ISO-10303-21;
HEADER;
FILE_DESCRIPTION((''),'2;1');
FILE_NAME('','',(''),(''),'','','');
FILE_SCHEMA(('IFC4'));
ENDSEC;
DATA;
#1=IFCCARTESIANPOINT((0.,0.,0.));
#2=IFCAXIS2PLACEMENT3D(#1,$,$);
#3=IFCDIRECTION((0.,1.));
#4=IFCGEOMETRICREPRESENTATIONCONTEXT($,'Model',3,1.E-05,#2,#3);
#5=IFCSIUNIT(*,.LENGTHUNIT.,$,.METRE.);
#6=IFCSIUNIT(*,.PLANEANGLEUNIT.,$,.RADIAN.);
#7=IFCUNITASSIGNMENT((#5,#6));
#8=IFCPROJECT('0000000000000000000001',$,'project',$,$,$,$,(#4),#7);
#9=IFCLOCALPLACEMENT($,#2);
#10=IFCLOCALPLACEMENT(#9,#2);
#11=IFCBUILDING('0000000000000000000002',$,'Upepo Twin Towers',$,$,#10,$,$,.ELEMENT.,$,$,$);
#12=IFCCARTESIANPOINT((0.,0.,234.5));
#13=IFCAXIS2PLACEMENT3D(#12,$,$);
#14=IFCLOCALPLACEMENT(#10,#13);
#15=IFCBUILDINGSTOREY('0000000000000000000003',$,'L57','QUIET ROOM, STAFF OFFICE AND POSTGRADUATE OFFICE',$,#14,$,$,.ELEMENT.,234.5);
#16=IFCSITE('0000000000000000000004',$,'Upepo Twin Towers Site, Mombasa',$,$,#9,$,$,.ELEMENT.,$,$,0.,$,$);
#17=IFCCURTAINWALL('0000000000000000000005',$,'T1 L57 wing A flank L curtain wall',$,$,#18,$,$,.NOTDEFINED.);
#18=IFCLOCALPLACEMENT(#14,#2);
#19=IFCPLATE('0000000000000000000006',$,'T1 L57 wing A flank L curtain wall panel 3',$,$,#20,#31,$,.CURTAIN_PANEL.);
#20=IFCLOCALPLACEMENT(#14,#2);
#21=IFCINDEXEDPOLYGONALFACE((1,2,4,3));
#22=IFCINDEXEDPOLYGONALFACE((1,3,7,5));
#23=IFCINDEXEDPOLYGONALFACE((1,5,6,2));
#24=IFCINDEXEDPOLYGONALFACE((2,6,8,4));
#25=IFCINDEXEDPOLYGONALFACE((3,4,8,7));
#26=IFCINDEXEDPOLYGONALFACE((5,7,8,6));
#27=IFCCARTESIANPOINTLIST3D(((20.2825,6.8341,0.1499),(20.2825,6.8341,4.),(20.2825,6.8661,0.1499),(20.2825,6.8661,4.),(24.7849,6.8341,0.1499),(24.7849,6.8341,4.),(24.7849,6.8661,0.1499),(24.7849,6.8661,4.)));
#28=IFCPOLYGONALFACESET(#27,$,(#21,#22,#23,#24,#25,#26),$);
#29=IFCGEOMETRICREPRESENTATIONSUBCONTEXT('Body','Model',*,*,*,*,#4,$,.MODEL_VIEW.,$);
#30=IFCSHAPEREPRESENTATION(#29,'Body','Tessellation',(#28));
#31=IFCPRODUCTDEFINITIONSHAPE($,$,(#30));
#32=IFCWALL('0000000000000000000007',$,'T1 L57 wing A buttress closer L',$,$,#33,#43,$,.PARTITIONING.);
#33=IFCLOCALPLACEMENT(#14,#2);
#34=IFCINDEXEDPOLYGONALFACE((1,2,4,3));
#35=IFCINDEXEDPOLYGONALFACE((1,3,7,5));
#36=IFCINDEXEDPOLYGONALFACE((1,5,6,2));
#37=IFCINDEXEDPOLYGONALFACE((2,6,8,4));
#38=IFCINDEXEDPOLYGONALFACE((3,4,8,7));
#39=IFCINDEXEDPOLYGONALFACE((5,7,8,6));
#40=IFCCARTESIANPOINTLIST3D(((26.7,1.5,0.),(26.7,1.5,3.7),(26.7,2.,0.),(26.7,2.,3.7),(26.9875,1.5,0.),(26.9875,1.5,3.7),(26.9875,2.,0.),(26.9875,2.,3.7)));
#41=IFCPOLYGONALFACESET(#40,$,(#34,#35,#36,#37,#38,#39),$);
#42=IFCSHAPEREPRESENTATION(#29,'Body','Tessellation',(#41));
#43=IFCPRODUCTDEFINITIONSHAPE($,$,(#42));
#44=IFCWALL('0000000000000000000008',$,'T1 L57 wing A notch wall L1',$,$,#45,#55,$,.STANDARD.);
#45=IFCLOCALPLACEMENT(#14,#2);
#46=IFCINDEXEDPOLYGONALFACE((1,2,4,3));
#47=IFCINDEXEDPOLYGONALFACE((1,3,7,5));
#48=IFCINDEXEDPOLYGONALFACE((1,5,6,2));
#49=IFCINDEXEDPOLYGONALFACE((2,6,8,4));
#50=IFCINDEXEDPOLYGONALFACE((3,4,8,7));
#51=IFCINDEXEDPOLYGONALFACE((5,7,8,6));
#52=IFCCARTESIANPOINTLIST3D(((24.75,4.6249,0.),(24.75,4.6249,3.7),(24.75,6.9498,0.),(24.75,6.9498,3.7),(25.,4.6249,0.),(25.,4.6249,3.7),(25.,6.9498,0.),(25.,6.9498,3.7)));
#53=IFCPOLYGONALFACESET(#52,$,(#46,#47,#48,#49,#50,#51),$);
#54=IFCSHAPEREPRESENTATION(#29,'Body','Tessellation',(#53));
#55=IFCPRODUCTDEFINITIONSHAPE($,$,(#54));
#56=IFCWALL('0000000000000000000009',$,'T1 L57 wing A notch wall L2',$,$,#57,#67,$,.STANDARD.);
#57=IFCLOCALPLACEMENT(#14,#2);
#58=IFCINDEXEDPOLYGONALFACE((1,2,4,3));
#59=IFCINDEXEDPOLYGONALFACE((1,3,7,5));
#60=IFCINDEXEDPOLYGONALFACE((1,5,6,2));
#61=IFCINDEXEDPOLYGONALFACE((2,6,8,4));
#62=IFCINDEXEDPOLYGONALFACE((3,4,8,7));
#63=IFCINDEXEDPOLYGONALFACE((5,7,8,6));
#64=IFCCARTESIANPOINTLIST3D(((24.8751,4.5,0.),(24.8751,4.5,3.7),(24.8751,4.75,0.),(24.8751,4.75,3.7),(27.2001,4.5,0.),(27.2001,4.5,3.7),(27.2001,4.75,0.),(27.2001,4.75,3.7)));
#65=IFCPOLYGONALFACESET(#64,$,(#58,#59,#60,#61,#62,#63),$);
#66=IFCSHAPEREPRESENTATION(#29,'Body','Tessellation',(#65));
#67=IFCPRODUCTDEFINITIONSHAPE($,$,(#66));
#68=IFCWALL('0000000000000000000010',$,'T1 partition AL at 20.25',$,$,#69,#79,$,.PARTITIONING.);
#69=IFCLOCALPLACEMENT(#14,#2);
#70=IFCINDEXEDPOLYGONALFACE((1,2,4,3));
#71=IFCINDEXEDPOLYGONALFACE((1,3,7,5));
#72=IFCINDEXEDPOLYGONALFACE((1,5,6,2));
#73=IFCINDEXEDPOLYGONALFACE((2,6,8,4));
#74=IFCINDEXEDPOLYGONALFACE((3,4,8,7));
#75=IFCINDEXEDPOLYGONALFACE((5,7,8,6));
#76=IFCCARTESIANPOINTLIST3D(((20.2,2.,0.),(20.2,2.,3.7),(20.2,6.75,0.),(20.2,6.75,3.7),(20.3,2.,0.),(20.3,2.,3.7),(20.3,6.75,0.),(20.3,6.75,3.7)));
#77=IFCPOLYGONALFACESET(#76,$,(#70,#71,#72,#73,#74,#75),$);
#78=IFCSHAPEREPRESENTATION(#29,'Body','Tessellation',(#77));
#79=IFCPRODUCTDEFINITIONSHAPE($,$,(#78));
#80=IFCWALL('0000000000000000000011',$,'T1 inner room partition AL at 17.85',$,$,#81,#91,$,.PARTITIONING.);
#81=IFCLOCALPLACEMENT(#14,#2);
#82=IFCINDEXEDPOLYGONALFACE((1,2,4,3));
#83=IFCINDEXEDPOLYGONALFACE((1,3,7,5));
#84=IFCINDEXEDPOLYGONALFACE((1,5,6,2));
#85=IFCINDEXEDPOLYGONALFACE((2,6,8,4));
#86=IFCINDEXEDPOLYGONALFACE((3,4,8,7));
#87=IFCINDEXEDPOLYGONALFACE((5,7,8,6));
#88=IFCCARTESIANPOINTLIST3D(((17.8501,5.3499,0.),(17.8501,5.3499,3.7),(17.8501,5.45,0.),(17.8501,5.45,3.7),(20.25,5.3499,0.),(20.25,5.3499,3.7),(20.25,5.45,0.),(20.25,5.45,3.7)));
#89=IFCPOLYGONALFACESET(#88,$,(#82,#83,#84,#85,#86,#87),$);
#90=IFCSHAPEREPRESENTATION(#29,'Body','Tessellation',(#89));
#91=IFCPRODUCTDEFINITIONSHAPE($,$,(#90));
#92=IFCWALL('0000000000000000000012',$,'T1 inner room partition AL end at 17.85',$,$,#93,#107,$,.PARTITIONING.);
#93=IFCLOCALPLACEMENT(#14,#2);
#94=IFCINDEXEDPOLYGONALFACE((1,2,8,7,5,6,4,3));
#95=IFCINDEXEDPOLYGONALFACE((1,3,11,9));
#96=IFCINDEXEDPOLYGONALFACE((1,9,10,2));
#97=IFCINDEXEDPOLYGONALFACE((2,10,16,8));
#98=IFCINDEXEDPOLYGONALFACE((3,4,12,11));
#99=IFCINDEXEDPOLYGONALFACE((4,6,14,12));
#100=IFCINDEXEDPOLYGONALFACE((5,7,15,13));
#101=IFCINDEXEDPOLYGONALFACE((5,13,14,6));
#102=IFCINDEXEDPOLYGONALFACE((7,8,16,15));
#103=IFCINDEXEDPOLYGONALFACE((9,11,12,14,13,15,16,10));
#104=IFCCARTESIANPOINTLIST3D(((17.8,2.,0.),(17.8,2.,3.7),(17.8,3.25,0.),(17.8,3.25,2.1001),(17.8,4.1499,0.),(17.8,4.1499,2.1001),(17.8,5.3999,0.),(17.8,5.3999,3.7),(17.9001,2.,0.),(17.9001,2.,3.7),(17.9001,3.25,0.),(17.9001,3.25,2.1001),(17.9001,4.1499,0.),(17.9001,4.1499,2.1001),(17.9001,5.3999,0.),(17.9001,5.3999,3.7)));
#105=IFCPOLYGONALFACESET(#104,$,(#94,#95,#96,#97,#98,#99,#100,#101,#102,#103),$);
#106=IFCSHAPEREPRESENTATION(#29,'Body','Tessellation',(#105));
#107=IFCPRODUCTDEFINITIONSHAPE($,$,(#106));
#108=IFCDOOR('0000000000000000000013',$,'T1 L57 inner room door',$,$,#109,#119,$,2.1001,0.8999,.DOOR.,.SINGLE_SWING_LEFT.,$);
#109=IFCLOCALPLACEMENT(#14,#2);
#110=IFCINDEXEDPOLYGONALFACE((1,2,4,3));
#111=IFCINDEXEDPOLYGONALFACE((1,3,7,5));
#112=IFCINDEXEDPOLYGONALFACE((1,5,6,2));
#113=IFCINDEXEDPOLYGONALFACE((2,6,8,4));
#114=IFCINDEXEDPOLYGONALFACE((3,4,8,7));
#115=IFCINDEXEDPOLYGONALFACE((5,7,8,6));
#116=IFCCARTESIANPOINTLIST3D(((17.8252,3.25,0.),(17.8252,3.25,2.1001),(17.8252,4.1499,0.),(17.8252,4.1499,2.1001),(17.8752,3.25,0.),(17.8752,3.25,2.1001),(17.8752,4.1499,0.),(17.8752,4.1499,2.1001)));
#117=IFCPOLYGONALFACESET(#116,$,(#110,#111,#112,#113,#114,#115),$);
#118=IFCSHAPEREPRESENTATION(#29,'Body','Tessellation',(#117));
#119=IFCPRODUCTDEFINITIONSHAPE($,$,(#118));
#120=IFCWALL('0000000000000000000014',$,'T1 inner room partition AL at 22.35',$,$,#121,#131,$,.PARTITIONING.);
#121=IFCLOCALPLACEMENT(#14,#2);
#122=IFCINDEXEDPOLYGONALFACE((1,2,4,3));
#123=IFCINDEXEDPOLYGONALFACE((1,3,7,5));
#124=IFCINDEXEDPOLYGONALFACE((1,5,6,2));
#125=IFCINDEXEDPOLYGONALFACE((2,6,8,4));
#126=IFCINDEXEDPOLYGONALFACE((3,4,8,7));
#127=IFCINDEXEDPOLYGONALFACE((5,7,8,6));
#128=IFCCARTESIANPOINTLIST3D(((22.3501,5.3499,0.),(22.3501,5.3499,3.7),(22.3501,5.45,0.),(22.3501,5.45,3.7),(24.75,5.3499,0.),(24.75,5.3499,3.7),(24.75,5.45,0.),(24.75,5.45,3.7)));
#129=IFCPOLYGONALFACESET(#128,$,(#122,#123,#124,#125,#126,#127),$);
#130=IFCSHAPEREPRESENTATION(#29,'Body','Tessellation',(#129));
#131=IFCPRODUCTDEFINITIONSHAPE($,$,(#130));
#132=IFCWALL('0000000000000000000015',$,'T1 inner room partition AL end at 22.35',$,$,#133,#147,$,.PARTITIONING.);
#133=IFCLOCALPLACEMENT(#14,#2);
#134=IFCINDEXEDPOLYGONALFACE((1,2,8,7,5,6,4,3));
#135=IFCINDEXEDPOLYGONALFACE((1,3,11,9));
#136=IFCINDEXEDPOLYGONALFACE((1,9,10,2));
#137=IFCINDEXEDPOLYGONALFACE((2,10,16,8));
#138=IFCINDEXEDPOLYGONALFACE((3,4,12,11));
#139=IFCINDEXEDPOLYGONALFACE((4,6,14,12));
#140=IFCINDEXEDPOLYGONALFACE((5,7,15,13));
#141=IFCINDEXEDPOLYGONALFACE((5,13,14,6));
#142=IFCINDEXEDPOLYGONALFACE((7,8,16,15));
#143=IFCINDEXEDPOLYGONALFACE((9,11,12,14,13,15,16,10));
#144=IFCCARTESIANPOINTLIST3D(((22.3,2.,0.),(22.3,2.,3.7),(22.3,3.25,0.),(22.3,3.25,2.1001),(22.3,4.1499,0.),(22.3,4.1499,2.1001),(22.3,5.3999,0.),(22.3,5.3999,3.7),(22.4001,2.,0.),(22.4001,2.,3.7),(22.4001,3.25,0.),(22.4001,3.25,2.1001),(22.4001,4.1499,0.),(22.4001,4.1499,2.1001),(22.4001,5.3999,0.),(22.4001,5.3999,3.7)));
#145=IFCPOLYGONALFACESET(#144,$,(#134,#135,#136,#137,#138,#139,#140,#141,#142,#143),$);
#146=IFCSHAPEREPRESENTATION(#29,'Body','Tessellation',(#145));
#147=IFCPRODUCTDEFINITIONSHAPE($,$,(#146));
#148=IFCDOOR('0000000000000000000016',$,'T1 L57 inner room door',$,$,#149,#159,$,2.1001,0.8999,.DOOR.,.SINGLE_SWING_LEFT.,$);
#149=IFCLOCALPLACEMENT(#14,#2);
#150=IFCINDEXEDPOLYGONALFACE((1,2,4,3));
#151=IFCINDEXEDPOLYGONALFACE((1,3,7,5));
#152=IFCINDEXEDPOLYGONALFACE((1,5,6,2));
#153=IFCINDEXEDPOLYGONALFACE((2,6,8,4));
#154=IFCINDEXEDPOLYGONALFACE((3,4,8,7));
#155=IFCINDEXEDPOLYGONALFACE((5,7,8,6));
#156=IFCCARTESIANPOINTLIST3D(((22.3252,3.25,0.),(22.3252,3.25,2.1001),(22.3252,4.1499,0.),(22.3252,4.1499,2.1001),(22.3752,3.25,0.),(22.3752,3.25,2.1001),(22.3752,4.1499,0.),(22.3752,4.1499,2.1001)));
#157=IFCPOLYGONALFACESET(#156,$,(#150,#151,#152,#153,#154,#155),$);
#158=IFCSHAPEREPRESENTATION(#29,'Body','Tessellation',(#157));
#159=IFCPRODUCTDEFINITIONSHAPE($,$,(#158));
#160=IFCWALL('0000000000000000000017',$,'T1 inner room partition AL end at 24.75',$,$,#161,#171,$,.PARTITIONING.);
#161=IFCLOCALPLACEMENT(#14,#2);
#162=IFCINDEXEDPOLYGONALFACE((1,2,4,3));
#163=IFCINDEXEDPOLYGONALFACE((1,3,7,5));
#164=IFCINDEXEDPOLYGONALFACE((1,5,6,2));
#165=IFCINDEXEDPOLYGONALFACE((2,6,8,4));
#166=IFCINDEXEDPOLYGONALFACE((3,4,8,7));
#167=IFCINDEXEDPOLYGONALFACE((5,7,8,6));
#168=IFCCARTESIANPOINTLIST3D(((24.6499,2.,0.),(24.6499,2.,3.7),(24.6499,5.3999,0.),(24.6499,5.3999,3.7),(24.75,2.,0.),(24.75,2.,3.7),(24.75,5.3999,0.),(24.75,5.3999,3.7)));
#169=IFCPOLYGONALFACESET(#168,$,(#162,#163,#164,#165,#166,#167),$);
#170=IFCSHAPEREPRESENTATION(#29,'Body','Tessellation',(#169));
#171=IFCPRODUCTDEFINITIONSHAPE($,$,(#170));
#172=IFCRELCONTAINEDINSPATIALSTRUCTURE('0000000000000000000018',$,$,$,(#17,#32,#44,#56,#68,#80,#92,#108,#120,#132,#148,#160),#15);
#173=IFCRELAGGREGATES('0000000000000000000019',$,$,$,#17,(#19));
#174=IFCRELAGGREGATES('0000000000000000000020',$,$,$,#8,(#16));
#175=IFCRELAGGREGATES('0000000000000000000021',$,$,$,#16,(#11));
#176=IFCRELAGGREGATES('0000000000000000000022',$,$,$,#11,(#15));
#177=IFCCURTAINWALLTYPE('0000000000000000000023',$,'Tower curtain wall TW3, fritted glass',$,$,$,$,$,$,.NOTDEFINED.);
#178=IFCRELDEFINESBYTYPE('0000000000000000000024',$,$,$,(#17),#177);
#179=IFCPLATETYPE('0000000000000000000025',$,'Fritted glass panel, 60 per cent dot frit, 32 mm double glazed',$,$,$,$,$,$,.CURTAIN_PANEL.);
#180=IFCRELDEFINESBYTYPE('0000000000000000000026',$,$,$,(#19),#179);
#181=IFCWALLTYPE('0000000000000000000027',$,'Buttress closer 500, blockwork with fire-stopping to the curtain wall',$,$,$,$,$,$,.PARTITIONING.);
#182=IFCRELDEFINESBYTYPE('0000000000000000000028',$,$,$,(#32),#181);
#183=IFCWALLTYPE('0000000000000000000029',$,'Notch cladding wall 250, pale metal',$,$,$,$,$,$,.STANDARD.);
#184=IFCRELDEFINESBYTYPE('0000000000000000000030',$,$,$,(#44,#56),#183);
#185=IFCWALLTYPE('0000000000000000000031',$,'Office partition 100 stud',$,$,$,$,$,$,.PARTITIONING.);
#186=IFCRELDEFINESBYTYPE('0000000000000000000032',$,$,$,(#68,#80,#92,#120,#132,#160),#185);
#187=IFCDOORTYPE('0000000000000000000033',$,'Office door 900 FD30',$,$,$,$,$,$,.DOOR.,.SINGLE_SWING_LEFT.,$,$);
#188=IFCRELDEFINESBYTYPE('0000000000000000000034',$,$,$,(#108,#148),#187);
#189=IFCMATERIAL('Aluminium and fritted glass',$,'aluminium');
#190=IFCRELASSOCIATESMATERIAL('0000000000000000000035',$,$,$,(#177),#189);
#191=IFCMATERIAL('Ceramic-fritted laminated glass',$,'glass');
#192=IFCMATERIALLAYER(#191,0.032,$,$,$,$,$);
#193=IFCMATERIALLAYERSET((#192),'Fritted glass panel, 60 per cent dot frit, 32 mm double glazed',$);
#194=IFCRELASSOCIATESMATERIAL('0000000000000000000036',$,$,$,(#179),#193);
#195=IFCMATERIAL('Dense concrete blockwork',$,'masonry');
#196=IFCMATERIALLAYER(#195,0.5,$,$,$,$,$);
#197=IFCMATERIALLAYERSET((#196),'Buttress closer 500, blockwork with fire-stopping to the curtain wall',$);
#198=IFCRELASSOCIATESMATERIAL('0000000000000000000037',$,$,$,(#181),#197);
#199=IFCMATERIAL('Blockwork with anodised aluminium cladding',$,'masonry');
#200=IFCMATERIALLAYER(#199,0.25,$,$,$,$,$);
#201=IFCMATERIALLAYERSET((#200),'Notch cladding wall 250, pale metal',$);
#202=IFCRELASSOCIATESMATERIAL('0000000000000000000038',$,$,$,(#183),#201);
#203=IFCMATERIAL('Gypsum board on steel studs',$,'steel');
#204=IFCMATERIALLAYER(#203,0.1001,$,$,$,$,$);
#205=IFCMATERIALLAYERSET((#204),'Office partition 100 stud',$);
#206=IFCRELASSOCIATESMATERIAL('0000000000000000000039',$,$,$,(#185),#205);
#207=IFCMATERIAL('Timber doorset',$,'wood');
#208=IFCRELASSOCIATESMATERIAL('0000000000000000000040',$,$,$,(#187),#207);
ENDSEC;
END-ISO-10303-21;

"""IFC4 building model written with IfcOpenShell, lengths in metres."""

from ifc_helpers import new_model, si_unit, direction, frame, frame_2d, origin, origin_2d, place, context, subcontext, project, spatial, rectangle, extrude, material, layer, layer_set, type_object, element, fill, aggregate, save


model = new_model("IFC4")

# Units and contexts
model_context = context("Model", 3, precision=1e-05, world=origin(), true_north=direction((0.0, 1.0)))
body_context = subcontext(model_context, "Body", "Model", "MODEL_VIEW")
ifc_project = project(units=[si_unit("LENGTHUNIT", "METRE"), si_unit("PLANEANGLEUNIT", "RADIAN")], contexts=[model_context])

# Site, building, storey
site_placement = place(None, origin())
site = spatial("IfcSite", under=ifc_project, at=site_placement, Name="Upepo Twin Towers Site, Mombasa", CompositionType="ELEMENT", RefElevation=0.0)
building_placement = place(site_placement, origin())
building = spatial("IfcBuilding", under=site, at=building_placement, Name="Upepo Twin Towers", CompositionType="ELEMENT")
storey_placement = place(building_placement, frame((0.0, 0.0, 234.5)))
storey = spatial("IfcBuildingStorey", under=building, at=storey_placement, Name="L57", Description="QUIET ROOM, STAFF OFFICE AND POSTGRADUATE OFFICE", CompositionType="ELEMENT", Elevation=234.5)

# Curtain wall
ifc_material_1 = material(Name="Aluminium and fritted glass", Category="aluminium")
curtain_wall_type = type_object("IfcCurtainWallType", Name="Tower curtain wall TW3, fritted glass", PredefinedType="NOTDEFINED", material=ifc_material_1)
curtain_wall_1_placement = place(storey_placement, origin())
curtain_wall_1 = element("IfcCurtainWall", 1, at=curtain_wall_1_placement, inside=storey, type_object=curtain_wall_type, Name="T1 L57 wing A flank L curtain wall", PredefinedType="NOTDEFINED")

# Plate
ifc_material_2 = material(Name="Ceramic-fritted laminated glass", Category="glass")
ifc_layer_1 = layer(ifc_material_2, 0.032)
ifc_layer_set_1 = layer_set([ifc_layer_1], Name="Fritted glass panel, 60 per cent dot frit, 32 mm double glazed")
plate_type = type_object("IfcPlateType", Name="Fritted glass panel, 60 per cent dot frit, 32 mm double glazed", PredefinedType="CURTAIN_PANEL", material=ifc_layer_set_1)
plate_1_placement = place(storey_placement, frame((22.5337, 6.8501, 0.1499), z_axis=(0.0, 0.0, 1.0), x_axis=(1.0, 0.0, 0.0)))
plate_1 = element("IfcPlate", 2, at=plate_1_placement, type_object=plate_type, Name="T1 L57 wing A flank L curtain wall panel 3", PredefinedType="CURTAIN_PANEL", context=body_context, shape_type="SweptSolid", body=[
    extrude(rectangle(XDim=4.5024, YDim=0.032, at=origin_2d()), origin(), (0.0, 0.0, 1.0), 3.8501),
])
aggregate(curtain_wall_1, [plate_1])

# Walls
ifc_material_3 = material(Name="Dense concrete blockwork", Category="masonry")
ifc_layer_2 = layer(ifc_material_3, 0.5)
ifc_layer_set_2 = layer_set([ifc_layer_2], Name="Buttress closer 500, blockwork with fire-stopping to the curtain wall")
wall_type_1 = type_object("IfcWallType", Name="Buttress closer 500, blockwork with fire-stopping to the curtain wall", PredefinedType="PARTITIONING", material=ifc_layer_set_2)
wall_1_placement = place(storey_placement, frame((26.7, 1.75, 0.0), z_axis=(0.0, 0.0, 1.0), x_axis=(1.0, 0.0, 0.0)))
element("IfcWall", 3, at=wall_1_placement, inside=storey, type_object=wall_type_1, Name="T1 L57 wing A buttress closer L", PredefinedType="PARTITIONING", context=body_context, shape_type="SweptSolid", body=[
    extrude(rectangle(XDim=0.2876, YDim=0.5, at=frame_2d((0.1438, 0.0))), origin(), (0.0, 0.0, 1.0), 3.7),
])
ifc_material_4 = material(Name="Blockwork with anodised aluminium cladding", Category="masonry")
ifc_layer_3 = layer(ifc_material_4, 0.25)
ifc_layer_set_3 = layer_set([ifc_layer_3], Name="Notch cladding wall 250, pale metal")
wall_type_2 = type_object("IfcWallType", Name="Notch cladding wall 250, pale metal", PredefinedType="STANDARD", material=ifc_layer_set_3)
for number, where, z_axis, x_axis, name in (
    (4, (24.875, 6.95, 0.0), (0.0, 0.0, 1.0), (0.0, -1.0, 0.0), "T1 L57 wing A notch wall L1"),
    (5, (24.875, 4.625, 0.0), (0.0, 0.0, 1.0), (1.0, 0.0, 0.0), "T1 L57 wing A notch wall L2"),
):
    element("IfcWall", number, at=place(storey_placement, frame(where, z_axis=z_axis, x_axis=x_axis)), inside=storey, type_object=wall_type_2, Name=name, PredefinedType="STANDARD", context=body_context, shape_type="SweptSolid", body=[
        extrude(rectangle(XDim=2.325, YDim=0.25, at=frame_2d((1.1626, 0.0))), origin(), (0.0, 0.0, 1.0), 3.7),
    ])
ifc_material_5 = material(Name="Gypsum board on steel studs", Category="steel")
ifc_layer_4 = layer(ifc_material_5, 0.1001)
ifc_layer_set_4 = layer_set([ifc_layer_4], Name="Office partition 100 stud")
wall_type_3 = type_object("IfcWallType", Name="Office partition 100 stud", PredefinedType="PARTITIONING", material=ifc_layer_set_4)
wall_2_placement = place(storey_placement, frame((20.25, 2.0, 0.0), z_axis=(0.0, 0.0, 1.0), x_axis=(0.0, 1.0, 0.0)))
element("IfcWall", 6, at=wall_2_placement, inside=storey, type_object=wall_type_3, Name="T1 partition AL at 20.25", PredefinedType="PARTITIONING", context=body_context, shape_type="SweptSolid", body=[
    extrude(rectangle(XDim=4.75, YDim=0.1001, at=frame_2d((2.375, 0.0))), origin(), (0.0, 0.0, 1.0), 3.7),
])
wall_3_placement = place(storey_placement, frame((17.8501, 5.3999, 0.0), z_axis=(0.0, 0.0, 1.0), x_axis=(1.0, 0.0, 0.0)))
element("IfcWall", 7, at=wall_3_placement, inside=storey, type_object=wall_type_3, Name="T1 inner room partition AL at 17.85", PredefinedType="PARTITIONING", context=body_context, shape_type="SweptSolid", body=[
    extrude(rectangle(XDim=2.3999, YDim=0.1001, at=frame_2d((1.2, 0.0))), origin(), (0.0, 0.0, 1.0), 3.7),
])

# Wall, opening, door
wall_4_placement = place(storey_placement, frame((17.8501, 2.0, 0.0), z_axis=(0.0, 0.0, 1.0), x_axis=(0.0, 1.0, 0.0)))
wall_4 = element("IfcWall", 8, at=wall_4_placement, inside=storey, type_object=wall_type_3, Name="T1 inner room partition AL end at 17.85", PredefinedType="PARTITIONING", context=body_context, shape_type="SweptSolid", body=[
    extrude(rectangle(XDim=3.3999, YDim=0.1001, at=frame_2d((1.7, 0.0))), origin(), (0.0, 0.0, 1.0), 3.7),
])
opening_1_placement = place(wall_4_placement, frame((1.25, 0.0, 0.0)))
opening_1 = element("IfcOpeningElement", 9, at=opening_1_placement, cuts=wall_4, PredefinedType="OPENING", context=body_context, shape_type="SweptSolid", body=[
    extrude(rectangle(XDim=0.8999, YDim=2.1001, at=frame_2d((0.45, 1.05))), frame((0.0, 0.0601, 0.0), z_axis=(0.0, -1.0, 0.0), x_axis=(1.0, 0.0, 0.0)), (0.0, 0.0, 1.0), 0.1201),
])
ifc_material_6 = material(Name="Timber doorset", Category="wood")
door_type_1 = type_object("IfcDoorType", Name="Office door 900 FD30", OperationType="SINGLE_SWING_LEFT", PredefinedType="DOOR", material=ifc_material_6)
door_1_placement = place(opening_1_placement, origin())
door_1 = element("IfcDoor", 10, at=door_1_placement, inside=storey, type_object=door_type_1, Name="T1 L57 inner room door", OperationType="SINGLE_SWING_LEFT", OverallHeight=2.1001, OverallWidth=0.8999, PredefinedType="DOOR", context=body_context, shape_type="SweptSolid", body=[
    extrude(rectangle(XDim=0.8999, YDim=2.1001, at=frame_2d((0.45, 1.05))), frame((0.0, 0.0249, 0.0), z_axis=(0.0, -1.0, 0.0), x_axis=(1.0, 0.0, 0.0)), (0.0, 0.0, 1.0), 0.05),
])
fill(opening_1, door_1)

# Wall
wall_5_placement = place(storey_placement, frame((22.3501, 5.3999, 0.0), z_axis=(0.0, 0.0, 1.0), x_axis=(1.0, 0.0, 0.0)))
element("IfcWall", 11, at=wall_5_placement, inside=storey, type_object=wall_type_3, Name="T1 inner room partition AL at 22.35", PredefinedType="PARTITIONING", context=body_context, shape_type="SweptSolid", body=[
    extrude(rectangle(XDim=2.3999, YDim=0.1001, at=frame_2d((1.2, 0.0))), origin(), (0.0, 0.0, 1.0), 3.7),
])

# Wall, opening, door
wall_6_placement = place(storey_placement, frame((22.3501, 2.0, 0.0), z_axis=(0.0, 0.0, 1.0), x_axis=(0.0, 1.0, 0.0)))
wall_6 = element("IfcWall", 12, at=wall_6_placement, inside=storey, type_object=wall_type_3, Name="T1 inner room partition AL end at 22.35", PredefinedType="PARTITIONING", context=body_context, shape_type="SweptSolid", body=[
    extrude(rectangle(XDim=3.3999, YDim=0.1001, at=frame_2d((1.7, 0.0))), origin(), (0.0, 0.0, 1.0), 3.7),
])
opening_2_placement = place(wall_6_placement, frame((1.25, 0.0, 0.0)))
opening_2 = element("IfcOpeningElement", 13, at=opening_2_placement, cuts=wall_6, PredefinedType="OPENING", context=body_context, shape_type="SweptSolid", body=[
    extrude(rectangle(XDim=0.8999, YDim=2.1001, at=frame_2d((0.45, 1.05))), frame((0.0, 0.0601, 0.0), z_axis=(0.0, -1.0, 0.0), x_axis=(1.0, 0.0, 0.0)), (0.0, 0.0, 1.0), 0.1201),
])
door_2_placement = place(opening_2_placement, origin())
door_2 = element("IfcDoor", 14, at=door_2_placement, inside=storey, type_object=door_type_1, Name="T1 L57 inner room door", OperationType="SINGLE_SWING_LEFT", OverallHeight=2.1001, OverallWidth=0.8999, PredefinedType="DOOR", context=body_context, shape_type="SweptSolid", body=[
    extrude(rectangle(XDim=0.8999, YDim=2.1001, at=frame_2d((0.45, 1.05))), frame((0.0, 0.0249, 0.0), z_axis=(0.0, -1.0, 0.0), x_axis=(1.0, 0.0, 0.0)), (0.0, 0.0, 1.0), 0.05),
])
fill(opening_2, door_2)

# Wall
wall_7_placement = place(storey_placement, frame((24.7, 2.0, 0.0), z_axis=(0.0, 0.0, 1.0), x_axis=(0.0, 1.0, 0.0)))
element("IfcWall", 15, at=wall_7_placement, inside=storey, type_object=wall_type_3, Name="T1 inner room partition AL end at 24.75", PredefinedType="PARTITIONING", context=body_context, shape_type="SweptSolid", body=[
    extrude(rectangle(XDim=3.3999, YDim=0.1001, at=frame_2d((1.7, 0.0))), origin(), (0.0, 0.0, 1.0), 3.7),
])

save(model, "model.ifc")
